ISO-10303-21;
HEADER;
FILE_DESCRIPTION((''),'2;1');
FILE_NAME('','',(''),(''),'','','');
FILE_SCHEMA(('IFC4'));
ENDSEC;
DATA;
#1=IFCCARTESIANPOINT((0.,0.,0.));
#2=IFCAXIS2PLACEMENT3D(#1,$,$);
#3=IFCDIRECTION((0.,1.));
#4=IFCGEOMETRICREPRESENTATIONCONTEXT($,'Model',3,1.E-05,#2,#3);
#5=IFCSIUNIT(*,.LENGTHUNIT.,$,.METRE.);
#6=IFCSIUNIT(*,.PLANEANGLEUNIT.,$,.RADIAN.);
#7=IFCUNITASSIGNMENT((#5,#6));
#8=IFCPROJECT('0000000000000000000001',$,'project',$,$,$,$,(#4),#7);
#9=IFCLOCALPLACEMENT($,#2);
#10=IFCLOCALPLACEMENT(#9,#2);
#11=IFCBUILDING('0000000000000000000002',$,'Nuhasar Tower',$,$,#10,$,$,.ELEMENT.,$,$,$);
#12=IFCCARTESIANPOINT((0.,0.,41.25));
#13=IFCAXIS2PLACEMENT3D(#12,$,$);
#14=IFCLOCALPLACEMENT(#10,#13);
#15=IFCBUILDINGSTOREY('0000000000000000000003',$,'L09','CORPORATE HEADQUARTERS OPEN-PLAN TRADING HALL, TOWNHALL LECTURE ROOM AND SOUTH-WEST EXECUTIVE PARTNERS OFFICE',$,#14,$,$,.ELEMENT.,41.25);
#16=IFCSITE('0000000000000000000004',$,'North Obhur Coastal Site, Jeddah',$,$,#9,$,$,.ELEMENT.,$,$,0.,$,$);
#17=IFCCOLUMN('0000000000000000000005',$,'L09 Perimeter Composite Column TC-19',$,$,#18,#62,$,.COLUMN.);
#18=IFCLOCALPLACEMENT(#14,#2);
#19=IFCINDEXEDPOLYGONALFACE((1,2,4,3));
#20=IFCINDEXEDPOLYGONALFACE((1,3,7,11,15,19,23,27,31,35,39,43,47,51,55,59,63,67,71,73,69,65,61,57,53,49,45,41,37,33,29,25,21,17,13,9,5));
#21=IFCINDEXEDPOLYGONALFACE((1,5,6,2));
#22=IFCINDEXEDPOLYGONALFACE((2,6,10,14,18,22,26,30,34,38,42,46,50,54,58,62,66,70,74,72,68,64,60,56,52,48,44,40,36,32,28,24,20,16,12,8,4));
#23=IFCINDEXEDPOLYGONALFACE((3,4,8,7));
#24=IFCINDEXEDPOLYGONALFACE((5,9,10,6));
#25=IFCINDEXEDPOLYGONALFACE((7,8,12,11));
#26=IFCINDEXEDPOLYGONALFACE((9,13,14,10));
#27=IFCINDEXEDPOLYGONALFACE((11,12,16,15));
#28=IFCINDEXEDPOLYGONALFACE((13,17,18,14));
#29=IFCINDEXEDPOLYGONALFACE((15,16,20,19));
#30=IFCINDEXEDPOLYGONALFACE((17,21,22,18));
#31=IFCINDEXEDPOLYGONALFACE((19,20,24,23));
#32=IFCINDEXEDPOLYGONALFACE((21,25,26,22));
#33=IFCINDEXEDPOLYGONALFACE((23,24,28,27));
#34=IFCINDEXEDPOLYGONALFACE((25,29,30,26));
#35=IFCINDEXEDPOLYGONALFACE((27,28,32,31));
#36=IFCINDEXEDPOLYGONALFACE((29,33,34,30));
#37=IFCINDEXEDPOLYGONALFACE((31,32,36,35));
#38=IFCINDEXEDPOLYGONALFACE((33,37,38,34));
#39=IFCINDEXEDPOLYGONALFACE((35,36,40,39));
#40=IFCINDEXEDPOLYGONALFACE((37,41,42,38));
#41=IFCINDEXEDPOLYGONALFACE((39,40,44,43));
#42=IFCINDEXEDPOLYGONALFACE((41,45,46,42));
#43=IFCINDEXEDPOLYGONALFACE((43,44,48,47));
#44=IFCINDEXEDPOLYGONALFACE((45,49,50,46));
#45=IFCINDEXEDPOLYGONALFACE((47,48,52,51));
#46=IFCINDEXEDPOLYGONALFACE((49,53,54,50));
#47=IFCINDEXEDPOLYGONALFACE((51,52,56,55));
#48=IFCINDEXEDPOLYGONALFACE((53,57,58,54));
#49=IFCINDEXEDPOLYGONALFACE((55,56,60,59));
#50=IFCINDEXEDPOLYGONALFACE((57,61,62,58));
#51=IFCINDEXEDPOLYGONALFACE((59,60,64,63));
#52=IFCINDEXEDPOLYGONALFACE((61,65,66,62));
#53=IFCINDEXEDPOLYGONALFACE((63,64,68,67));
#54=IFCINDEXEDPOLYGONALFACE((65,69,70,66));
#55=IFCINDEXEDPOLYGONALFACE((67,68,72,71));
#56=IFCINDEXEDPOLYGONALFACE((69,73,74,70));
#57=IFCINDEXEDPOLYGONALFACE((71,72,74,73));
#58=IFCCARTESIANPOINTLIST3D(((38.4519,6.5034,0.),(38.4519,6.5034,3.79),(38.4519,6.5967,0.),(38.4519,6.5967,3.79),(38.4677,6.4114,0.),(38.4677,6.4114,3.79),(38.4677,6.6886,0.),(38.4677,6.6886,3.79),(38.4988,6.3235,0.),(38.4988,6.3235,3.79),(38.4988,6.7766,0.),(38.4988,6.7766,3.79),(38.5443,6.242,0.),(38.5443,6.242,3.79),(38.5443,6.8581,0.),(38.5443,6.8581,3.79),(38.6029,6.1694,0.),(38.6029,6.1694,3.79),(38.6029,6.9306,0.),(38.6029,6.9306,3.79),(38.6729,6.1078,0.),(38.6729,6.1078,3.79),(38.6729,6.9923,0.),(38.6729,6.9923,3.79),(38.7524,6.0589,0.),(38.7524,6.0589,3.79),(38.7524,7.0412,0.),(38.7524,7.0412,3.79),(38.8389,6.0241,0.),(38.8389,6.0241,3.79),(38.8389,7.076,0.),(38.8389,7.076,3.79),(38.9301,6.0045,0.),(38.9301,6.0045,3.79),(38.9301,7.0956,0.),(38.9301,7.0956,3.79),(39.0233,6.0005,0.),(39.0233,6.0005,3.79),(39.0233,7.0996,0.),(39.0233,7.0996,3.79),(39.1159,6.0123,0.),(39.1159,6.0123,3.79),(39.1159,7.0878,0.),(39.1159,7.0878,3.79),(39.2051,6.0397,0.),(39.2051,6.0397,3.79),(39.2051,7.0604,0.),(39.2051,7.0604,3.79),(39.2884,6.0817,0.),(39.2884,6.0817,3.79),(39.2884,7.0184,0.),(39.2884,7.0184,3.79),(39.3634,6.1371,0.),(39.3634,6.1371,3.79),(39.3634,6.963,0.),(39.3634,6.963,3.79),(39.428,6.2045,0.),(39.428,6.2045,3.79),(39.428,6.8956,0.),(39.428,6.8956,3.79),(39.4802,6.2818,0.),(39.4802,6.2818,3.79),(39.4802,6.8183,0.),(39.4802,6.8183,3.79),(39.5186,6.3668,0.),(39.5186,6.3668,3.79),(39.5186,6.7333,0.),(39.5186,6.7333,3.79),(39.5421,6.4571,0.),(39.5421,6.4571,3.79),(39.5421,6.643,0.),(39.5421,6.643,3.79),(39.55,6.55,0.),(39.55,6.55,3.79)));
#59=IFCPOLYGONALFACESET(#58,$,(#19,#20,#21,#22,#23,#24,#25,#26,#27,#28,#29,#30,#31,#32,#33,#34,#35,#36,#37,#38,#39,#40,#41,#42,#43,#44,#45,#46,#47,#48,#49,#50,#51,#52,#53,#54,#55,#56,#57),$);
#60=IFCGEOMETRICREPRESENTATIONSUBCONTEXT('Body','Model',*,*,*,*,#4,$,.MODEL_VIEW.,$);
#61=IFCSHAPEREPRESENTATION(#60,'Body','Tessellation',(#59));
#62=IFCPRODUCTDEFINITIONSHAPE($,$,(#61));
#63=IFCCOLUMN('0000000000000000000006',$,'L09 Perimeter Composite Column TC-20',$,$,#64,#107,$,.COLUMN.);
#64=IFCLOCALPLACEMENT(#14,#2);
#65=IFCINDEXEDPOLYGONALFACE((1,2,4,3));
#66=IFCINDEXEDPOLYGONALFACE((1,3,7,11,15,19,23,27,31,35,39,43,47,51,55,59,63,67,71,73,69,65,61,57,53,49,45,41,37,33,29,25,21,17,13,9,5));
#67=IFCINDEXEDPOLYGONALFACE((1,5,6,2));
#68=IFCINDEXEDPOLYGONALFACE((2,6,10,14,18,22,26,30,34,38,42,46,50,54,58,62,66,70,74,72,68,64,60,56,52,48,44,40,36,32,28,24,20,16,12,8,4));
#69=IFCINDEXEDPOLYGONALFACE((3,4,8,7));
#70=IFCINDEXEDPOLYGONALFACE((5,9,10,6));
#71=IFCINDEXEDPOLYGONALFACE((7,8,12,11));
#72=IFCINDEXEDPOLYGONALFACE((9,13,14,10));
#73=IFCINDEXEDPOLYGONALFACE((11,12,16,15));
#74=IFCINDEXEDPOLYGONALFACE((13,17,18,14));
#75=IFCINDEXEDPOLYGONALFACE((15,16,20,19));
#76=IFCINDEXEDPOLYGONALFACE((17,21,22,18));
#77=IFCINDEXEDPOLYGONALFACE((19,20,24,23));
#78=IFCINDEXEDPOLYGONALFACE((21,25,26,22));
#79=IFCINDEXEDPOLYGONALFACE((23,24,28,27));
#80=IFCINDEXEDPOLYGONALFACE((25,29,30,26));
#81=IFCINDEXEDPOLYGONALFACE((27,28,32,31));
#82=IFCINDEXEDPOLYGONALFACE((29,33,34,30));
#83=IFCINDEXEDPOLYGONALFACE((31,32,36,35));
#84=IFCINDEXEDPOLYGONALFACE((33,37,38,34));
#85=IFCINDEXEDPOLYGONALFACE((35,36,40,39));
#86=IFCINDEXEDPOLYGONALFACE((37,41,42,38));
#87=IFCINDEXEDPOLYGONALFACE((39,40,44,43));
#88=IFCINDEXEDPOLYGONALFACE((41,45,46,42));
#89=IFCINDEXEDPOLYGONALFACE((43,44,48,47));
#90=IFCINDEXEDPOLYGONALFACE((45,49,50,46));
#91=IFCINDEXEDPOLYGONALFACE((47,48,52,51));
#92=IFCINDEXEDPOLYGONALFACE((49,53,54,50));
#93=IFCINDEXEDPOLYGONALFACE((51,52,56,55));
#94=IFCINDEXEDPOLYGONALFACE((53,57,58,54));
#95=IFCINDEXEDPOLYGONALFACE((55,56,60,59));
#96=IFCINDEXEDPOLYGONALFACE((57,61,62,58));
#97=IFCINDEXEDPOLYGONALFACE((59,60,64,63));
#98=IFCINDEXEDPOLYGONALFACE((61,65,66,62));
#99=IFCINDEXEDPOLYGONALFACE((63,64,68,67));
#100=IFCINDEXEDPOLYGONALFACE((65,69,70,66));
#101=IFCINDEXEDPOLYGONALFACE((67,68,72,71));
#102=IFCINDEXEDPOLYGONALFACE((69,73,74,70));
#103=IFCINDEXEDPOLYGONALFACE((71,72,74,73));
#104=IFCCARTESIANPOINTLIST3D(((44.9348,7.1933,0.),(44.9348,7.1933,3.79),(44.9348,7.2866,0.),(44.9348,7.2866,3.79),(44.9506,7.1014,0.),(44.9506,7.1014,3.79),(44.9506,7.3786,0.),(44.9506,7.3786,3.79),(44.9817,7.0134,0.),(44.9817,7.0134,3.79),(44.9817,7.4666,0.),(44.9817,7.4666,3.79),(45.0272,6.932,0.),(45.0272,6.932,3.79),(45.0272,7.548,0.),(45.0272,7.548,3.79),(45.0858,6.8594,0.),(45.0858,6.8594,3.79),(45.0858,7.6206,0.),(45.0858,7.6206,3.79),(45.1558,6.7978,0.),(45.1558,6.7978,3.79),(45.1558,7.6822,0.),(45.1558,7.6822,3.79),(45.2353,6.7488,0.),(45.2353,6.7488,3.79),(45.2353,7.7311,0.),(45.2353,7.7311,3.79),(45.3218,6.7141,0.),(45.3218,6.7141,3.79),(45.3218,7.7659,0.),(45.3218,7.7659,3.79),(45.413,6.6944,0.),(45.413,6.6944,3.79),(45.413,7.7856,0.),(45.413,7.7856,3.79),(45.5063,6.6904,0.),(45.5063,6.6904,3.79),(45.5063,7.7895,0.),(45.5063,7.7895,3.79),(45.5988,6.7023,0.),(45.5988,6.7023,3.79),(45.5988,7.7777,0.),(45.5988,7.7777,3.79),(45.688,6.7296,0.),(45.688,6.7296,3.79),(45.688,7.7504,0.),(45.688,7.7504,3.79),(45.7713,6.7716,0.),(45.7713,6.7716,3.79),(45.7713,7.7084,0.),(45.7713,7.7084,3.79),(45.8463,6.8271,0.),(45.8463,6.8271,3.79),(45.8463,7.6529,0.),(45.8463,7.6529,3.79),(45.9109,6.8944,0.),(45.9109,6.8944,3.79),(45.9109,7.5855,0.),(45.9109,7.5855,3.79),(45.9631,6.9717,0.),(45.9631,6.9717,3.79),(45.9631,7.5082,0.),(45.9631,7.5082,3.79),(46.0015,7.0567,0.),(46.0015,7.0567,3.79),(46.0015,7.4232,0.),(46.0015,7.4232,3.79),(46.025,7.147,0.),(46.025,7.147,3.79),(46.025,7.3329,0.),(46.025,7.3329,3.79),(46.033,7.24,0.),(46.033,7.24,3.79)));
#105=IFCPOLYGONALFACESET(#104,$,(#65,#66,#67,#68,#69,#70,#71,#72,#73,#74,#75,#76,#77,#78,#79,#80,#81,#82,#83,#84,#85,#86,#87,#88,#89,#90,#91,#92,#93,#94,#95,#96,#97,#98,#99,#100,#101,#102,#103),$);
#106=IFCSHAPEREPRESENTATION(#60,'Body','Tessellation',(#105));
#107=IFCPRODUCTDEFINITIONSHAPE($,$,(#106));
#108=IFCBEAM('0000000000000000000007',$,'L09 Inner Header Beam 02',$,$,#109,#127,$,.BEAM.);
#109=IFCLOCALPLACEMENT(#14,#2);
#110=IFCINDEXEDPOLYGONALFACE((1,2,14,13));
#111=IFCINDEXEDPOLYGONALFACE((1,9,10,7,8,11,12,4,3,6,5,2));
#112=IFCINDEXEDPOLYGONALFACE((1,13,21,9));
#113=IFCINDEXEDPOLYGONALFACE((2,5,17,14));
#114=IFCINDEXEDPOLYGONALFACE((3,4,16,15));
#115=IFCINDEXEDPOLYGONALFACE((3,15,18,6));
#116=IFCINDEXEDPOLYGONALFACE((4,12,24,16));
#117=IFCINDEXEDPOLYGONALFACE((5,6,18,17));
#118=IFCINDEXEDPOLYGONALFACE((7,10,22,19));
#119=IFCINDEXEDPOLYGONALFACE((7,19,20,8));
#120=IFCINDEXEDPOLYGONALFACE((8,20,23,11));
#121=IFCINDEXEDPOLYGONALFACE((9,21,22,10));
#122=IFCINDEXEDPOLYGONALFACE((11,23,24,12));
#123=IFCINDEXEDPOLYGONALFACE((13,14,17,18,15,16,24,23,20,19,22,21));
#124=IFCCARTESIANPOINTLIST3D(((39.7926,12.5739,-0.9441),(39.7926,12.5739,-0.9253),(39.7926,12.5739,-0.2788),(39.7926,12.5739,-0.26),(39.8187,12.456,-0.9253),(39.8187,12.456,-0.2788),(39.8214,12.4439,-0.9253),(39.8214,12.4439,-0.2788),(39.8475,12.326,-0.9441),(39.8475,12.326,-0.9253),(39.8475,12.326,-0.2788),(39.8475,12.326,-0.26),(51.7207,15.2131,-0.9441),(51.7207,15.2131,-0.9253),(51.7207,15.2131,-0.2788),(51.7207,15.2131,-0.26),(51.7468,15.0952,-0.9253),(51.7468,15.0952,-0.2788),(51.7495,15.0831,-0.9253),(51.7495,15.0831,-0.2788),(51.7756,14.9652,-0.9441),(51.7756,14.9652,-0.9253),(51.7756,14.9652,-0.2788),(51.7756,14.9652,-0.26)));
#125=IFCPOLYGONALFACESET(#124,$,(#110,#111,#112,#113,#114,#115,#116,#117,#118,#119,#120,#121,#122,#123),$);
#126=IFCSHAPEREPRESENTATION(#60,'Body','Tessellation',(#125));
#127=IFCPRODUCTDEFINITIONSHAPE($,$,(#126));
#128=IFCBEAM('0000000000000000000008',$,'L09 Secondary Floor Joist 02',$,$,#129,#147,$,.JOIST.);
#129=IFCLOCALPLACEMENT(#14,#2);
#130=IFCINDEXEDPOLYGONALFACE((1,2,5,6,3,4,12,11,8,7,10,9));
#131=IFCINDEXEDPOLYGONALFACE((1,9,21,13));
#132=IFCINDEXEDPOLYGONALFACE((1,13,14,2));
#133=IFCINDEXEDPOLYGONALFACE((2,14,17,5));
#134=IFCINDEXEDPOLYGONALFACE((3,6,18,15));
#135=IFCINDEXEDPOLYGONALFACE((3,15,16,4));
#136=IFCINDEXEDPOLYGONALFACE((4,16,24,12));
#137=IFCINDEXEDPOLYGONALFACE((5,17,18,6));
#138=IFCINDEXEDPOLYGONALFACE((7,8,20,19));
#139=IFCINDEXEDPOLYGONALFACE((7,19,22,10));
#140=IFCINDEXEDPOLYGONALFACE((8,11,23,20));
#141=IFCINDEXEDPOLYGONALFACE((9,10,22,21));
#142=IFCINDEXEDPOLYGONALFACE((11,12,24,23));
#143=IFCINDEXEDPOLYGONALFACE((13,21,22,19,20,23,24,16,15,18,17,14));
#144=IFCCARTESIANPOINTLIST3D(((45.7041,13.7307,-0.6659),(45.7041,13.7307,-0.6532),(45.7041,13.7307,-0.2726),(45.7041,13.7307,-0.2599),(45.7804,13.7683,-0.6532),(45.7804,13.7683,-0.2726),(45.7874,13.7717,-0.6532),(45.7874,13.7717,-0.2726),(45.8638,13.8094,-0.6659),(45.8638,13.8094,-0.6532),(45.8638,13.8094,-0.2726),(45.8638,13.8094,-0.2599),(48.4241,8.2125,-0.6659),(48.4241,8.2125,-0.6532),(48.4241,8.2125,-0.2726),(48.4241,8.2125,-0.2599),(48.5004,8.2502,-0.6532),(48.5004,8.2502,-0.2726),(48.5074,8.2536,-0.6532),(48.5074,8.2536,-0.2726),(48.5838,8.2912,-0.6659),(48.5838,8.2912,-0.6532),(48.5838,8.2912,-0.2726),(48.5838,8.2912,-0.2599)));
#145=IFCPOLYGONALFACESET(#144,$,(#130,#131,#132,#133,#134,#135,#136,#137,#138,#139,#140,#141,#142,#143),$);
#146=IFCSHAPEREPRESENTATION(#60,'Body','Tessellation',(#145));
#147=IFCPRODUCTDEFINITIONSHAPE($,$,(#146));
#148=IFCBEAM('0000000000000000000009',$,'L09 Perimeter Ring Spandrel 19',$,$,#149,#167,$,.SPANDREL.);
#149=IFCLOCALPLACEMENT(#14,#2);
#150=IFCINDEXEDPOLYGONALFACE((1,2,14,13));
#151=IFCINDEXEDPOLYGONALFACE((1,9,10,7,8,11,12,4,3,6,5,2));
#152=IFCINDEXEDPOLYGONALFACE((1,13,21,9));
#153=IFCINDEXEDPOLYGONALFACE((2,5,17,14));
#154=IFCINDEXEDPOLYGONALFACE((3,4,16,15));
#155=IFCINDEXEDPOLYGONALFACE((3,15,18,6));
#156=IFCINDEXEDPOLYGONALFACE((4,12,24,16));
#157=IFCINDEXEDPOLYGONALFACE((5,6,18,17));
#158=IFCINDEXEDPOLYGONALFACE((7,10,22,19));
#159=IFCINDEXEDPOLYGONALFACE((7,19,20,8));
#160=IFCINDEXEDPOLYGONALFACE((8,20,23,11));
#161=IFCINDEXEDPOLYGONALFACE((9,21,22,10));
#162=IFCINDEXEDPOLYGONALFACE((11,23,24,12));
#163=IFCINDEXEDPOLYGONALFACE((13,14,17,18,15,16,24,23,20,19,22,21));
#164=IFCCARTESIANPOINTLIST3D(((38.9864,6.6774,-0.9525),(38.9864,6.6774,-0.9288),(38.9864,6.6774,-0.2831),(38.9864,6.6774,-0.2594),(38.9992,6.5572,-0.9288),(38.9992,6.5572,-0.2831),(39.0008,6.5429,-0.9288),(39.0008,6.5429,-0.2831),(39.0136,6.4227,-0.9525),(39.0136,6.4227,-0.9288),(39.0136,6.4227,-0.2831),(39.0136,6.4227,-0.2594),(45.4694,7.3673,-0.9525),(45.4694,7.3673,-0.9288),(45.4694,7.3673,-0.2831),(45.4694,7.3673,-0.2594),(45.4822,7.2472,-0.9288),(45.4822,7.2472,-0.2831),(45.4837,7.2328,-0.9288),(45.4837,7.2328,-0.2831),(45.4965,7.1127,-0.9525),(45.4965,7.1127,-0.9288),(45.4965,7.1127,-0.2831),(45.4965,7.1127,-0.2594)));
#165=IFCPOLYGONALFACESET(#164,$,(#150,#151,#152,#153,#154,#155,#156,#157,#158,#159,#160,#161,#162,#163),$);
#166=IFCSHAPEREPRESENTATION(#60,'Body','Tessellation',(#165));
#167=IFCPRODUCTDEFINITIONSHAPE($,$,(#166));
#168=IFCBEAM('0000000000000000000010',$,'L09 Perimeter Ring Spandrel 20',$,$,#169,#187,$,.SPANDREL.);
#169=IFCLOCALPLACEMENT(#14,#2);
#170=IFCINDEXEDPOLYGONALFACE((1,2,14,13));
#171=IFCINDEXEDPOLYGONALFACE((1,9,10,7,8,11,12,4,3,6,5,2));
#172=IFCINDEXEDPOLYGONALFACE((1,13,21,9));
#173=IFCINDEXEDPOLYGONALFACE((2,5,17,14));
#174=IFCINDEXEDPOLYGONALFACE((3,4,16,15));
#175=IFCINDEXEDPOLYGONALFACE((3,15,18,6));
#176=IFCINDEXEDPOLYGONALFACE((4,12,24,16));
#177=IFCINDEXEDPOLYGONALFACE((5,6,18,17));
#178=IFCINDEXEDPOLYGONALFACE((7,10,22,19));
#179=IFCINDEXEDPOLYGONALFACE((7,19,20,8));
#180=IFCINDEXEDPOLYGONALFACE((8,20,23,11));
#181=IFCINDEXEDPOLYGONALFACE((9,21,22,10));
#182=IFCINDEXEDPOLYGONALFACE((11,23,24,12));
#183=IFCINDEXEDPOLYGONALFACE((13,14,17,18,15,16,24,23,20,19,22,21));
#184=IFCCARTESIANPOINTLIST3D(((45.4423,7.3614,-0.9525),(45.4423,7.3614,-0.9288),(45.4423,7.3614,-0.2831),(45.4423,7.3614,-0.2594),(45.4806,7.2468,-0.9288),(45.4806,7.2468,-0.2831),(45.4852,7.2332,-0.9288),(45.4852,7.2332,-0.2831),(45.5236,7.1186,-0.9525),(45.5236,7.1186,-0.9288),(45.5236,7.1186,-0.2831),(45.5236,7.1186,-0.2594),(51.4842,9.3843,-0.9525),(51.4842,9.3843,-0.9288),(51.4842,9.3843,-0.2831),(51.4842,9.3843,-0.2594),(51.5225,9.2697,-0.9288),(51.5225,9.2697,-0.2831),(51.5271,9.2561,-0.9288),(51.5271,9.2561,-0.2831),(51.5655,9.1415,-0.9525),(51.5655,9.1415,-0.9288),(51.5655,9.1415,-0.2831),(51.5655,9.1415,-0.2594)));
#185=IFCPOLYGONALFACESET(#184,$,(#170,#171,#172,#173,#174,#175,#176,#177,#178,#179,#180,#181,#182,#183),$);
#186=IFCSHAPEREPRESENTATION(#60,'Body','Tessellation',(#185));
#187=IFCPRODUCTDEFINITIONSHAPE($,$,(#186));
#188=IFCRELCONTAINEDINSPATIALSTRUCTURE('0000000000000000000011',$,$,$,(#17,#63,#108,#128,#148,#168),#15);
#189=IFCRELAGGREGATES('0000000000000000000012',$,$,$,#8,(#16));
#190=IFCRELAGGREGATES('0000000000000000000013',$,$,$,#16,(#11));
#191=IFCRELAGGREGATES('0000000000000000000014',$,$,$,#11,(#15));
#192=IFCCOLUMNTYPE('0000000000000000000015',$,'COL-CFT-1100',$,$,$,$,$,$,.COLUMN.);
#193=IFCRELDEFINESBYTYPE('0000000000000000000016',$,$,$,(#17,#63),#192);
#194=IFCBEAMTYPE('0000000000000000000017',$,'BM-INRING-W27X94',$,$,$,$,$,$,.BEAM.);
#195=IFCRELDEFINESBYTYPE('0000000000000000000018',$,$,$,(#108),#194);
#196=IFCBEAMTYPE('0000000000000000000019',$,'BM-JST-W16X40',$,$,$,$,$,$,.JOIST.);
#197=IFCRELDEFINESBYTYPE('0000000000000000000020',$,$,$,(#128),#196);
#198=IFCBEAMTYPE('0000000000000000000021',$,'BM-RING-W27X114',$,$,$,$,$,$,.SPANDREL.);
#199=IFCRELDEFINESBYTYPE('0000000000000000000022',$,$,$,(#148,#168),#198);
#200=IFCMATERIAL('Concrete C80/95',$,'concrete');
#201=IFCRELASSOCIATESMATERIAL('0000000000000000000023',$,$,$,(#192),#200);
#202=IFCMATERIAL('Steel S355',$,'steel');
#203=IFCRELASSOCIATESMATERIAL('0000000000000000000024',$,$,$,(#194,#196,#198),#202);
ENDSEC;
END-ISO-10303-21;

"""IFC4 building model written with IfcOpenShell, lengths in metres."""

from ifc_helpers import new_model, si_unit, direction, frame, origin, origin_2d, place, context, subcontext, project, spatial, circle, i_section, extrude, material, material_profile, profile_set, type_object, element, save


model = new_model("IFC4")

# Units and contexts
model_context = context("Model", 3, precision=1e-05, world=origin(), true_north=direction((0.0, 1.0)))
body_context = subcontext(model_context, "Body", "Model", "MODEL_VIEW")
ifc_project = project(units=[si_unit("LENGTHUNIT", "METRE"), si_unit("PLANEANGLEUNIT", "RADIAN")], contexts=[model_context])

# Site, building, storey
site_placement = place(None, origin())
site = spatial("IfcSite", under=ifc_project, at=site_placement, Name="North Obhur Coastal Site, Jeddah", CompositionType="ELEMENT", RefElevation=0.0)
building_placement = place(site_placement, origin())
building = spatial("IfcBuilding", under=site, at=building_placement, Name="Nuhasar Tower", CompositionType="ELEMENT")
storey_placement = place(building_placement, frame((0.0, 0.0, 41.25)))
storey = spatial("IfcBuildingStorey", under=building, at=storey_placement, Name="L09", Description="CORPORATE HEADQUARTERS OPEN-PLAN TRADING HALL, TOWNHALL LECTURE ROOM AND SOUTH-WEST EXECUTIVE PARTNERS OFFICE", CompositionType="ELEMENT", Elevation=41.25)

# Columns
ifc_material_1 = material(Name="Concrete C80/95", Category="concrete")
ifc_material_profile_1 = material_profile(ifc_material_1, circle(Radius=0.55, at=origin_2d()), Name="CFT1100")
ifc_profile_set_1 = profile_set([ifc_material_profile_1], Name="Concrete C80/95")
column_type = type_object("IfcColumnType", Name="COL-CFT-1100", PredefinedType="COLUMN", material=ifc_profile_set_1)
for number, where, z_axis, x_axis, name in (
    (1, (39.0, 6.55, 0.0), (0.0, 0.0, 1.0), (1.0, 0.0, 0.0), "L09 Perimeter Composite Column TC-19"),
    (2, (45.4829, 7.24, 0.0), (0.0, 0.0, 1.0), (1.0, 0.0, 0.0), "L09 Perimeter Composite Column TC-20"),
):
    element("IfcColumn", number, at=place(storey_placement, frame(where, z_axis=z_axis, x_axis=x_axis)), inside=storey, type_object=column_type, Name=name, PredefinedType="COLUMN", context=body_context, shape_type="SweptSolid", body=[
        extrude(circle(Radius=0.55, at=origin_2d()), origin(), (0.0, 0.0, 1.0), 3.79),
    ])

# Beams
ifc_material_2 = material(Name="Steel S355", Category="steel")
ifc_material_profile_2 = material_profile(ifc_material_2, i_section(OverallWidth=0.2539, OverallDepth=0.6841, WebThickness=0.0125, FlangeThickness=0.0188, at=origin_2d()), Name="W27X94")
ifc_profile_set_2 = profile_set([ifc_material_profile_2], Name="Steel S355")
beam_type_1 = type_object("IfcBeamType", Name="BM-INRING-W27X94", PredefinedType="BEAM", material=ifc_profile_set_2)
beam_1_placement = place(storey_placement, frame((39.8201, 12.45, -0.6021), z_axis=(0.976386, 0.216033, 0.0), x_axis=(-0.216033, 0.976386, 0.0)))
element("IfcBeam", 3, at=beam_1_placement, inside=storey, type_object=beam_type_1, Name="L09 Inner Header Beam 02", PredefinedType="BEAM", context=body_context, shape_type="SweptSolid", body=[
    extrude(i_section(OverallWidth=0.2539, OverallDepth=0.6841, WebThickness=0.0125, FlangeThickness=0.0188, at=origin_2d()), origin(), (0.0, 0.0, 1.0), 12.2166),
])
ifc_material_profile_3 = material_profile(ifc_material_2, i_section(OverallWidth=0.178, OverallDepth=0.406, WebThickness=0.0078, FlangeThickness=0.0127, at=origin_2d()), Name="W16X40")
ifc_profile_set_3 = profile_set([ifc_material_profile_3], Name="Steel S355")
beam_type_2 = type_object("IfcBeamType", Name="BM-JST-W16X40", PredefinedType="JOIST", material=ifc_profile_set_3)
beam_2_placement = place(storey_placement, frame((45.7839, 13.77, -0.4629), z_axis=(0.442127, -0.896953, 0.0), x_axis=(0.896953, 0.442127, 0.0)))
element("IfcBeam", 4, at=beam_2_placement, inside=storey, type_object=beam_type_2, Name="L09 Secondary Floor Joist 02", PredefinedType="JOIST", context=body_context, shape_type="SweptSolid", body=[
    extrude(i_section(OverallWidth=0.178, OverallDepth=0.406, WebThickness=0.0078, FlangeThickness=0.0127, at=origin_2d()), origin(), (0.0, 0.0, 1.0), 6.1521),
])
ifc_material_profile_4 = material_profile(ifc_material_2, i_section(OverallWidth=0.2561, OverallDepth=0.6931, WebThickness=0.0144, FlangeThickness=0.0237, at=origin_2d()), Name="W27X114")
ifc_profile_set_4 = profile_set([ifc_material_profile_4], Name="Steel S355")
beam_type_3 = type_object("IfcBeamType", Name="BM-RING-W27X114", PredefinedType="SPANDREL", material=ifc_profile_set_4)
beam_3_placement = place(storey_placement, frame((39.0, 6.55, -0.606), z_axis=(0.994385, 0.105827, 0.0), x_axis=(-0.105827, 0.994385, 0.0)))
element("IfcBeam", 5, at=beam_3_placement, inside=storey, type_object=beam_type_3, Name="L09 Perimeter Ring Spandrel 19", PredefinedType="SPANDREL", context=body_context, shape_type="SweptSolid", body=[
    extrude(i_section(OverallWidth=0.2561, OverallDepth=0.6931, WebThickness=0.0144, FlangeThickness=0.0237, at=origin_2d()), origin(), (0.0, 0.0, 1.0), 6.5195),
])
beam_4_placement = place(storey_placement, frame((45.4829, 7.24, -0.606), z_axis=(0.948261, 0.317492, 0.0), x_axis=(-0.317492, 0.948261, 0.0)))
element("IfcBeam", 6, at=beam_4_placement, inside=storey, type_object=beam_type_3, Name="L09 Perimeter Ring Spandrel 20", PredefinedType="SPANDREL", context=body_context, shape_type="SweptSolid", body=[
    extrude(i_section(OverallWidth=0.2561, OverallDepth=0.6931, WebThickness=0.0144, FlangeThickness=0.0237, at=origin_2d()), origin(), (0.0, 0.0, 1.0), 6.3716),
])

save(model, "model.ifc")
